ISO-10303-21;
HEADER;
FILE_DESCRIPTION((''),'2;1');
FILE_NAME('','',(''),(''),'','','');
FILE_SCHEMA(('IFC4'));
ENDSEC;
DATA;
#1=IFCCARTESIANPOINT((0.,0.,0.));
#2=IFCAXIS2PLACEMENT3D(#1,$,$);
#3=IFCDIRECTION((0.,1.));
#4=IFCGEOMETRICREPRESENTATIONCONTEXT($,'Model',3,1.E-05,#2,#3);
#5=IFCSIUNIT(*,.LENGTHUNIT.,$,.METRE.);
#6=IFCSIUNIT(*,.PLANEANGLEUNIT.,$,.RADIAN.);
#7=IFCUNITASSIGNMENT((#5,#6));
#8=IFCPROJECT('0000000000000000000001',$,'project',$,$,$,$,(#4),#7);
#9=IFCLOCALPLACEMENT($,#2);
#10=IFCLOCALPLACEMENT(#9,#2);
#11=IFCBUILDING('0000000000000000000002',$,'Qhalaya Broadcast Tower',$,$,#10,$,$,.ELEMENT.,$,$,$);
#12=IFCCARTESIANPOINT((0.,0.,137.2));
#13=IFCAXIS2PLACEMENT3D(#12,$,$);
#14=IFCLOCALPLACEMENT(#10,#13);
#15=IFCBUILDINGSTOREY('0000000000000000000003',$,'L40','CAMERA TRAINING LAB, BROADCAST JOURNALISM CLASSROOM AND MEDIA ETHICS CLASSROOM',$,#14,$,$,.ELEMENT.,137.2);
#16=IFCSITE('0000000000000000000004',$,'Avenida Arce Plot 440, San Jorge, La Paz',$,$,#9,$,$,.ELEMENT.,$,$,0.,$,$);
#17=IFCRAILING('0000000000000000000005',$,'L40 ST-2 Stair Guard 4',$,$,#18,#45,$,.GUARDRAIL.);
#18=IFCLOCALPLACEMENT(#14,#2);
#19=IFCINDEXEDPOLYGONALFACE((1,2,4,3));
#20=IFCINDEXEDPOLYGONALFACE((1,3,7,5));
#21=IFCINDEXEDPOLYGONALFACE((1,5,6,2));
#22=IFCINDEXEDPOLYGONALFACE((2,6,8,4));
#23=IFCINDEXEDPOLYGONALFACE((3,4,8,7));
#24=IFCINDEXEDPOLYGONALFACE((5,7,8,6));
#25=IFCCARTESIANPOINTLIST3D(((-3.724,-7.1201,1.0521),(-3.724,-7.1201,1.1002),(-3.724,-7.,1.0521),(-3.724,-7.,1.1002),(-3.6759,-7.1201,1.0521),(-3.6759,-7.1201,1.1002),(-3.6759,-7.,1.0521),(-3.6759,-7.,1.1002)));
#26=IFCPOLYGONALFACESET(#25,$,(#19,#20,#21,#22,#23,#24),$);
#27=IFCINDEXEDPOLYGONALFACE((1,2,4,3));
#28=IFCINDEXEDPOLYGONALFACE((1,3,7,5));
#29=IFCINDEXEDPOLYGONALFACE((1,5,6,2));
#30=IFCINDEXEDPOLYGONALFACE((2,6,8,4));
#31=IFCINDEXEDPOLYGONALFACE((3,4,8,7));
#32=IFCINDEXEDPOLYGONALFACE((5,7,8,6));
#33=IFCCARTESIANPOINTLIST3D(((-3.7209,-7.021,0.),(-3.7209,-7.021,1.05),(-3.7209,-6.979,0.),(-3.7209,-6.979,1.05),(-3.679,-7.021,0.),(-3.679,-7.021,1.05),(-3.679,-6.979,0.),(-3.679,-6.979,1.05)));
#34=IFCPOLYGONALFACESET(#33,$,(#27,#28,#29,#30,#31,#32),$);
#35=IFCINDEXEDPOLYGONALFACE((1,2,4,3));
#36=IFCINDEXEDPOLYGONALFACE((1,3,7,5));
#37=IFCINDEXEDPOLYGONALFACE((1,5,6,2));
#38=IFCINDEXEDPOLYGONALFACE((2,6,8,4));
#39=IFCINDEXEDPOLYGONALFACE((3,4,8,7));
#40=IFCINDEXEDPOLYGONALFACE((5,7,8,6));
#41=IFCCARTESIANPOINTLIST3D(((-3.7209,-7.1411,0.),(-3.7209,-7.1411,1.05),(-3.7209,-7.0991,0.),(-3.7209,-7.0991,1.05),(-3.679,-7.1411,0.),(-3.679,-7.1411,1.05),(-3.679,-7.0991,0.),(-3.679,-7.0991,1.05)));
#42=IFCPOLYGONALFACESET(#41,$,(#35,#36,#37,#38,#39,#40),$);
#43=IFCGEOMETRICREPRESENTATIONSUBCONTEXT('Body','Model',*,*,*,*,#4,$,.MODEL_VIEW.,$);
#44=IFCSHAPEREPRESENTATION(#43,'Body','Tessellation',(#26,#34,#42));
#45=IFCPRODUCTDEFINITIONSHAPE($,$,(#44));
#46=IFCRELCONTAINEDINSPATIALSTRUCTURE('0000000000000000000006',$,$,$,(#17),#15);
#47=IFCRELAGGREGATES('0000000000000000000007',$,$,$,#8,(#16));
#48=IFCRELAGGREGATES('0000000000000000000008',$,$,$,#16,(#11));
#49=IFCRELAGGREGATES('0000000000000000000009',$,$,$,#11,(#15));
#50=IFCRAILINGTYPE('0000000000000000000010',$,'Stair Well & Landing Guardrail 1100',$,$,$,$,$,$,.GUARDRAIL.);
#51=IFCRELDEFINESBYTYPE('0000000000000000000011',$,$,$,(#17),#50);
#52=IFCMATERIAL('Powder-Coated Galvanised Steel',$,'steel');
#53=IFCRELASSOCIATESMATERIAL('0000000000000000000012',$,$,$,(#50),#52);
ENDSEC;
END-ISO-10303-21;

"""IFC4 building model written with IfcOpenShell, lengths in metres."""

from ifc_helpers import new_model, si_unit, direction, frame, origin, origin_2d, place, context, subcontext, project, spatial, rectangle, extrude, material, type_object, element, save


model = new_model("IFC4")

# Units and contexts
model_context = context("Model", 3, precision=1e-05, world=origin(), true_north=direction((0.0, 1.0)))
body_context = subcontext(model_context, "Body", "Model", "MODEL_VIEW")
ifc_project = project(units=[si_unit("LENGTHUNIT", "METRE"), si_unit("PLANEANGLEUNIT", "RADIAN")], contexts=[model_context])

# Site, building, storey
site_placement = place(None, origin())
site = spatial("IfcSite", under=ifc_project, at=site_placement, Name="Avenida Arce Plot 440, San Jorge, La Paz", CompositionType="ELEMENT", RefElevation=0.0)
building_placement = place(site_placement, origin())
building = spatial("IfcBuilding", under=site, at=building_placement, Name="Qhalaya Broadcast Tower", CompositionType="ELEMENT")
storey_placement = place(building_placement, frame((0.0, 0.0, 137.2)))
storey = spatial("IfcBuildingStorey", under=building, at=storey_placement, Name="L40", Description="CAMERA TRAINING LAB, BROADCAST JOURNALISM CLASSROOM AND MEDIA ETHICS CLASSROOM", CompositionType="ELEMENT", Elevation=137.2)

# Railing
ifc_material_1 = material(Name="Powder-Coated Galvanised Steel", Category="steel")
railing_type_1 = type_object("IfcRailingType", Name="Stair Well & Landing Guardrail 1100", PredefinedType="GUARDRAIL", material=ifc_material_1)
railing_1_placement = place(storey_placement, frame((-3.7, -7.0, 0.0)))
element("IfcRailing", 1, at=railing_1_placement, inside=storey, type_object=railing_type_1, Name="L40 ST-2 Stair Guard 4", PredefinedType="GUARDRAIL", context=body_context, shape_type="SweptSolid", body=[
    extrude(rectangle(XDim=0.0481, YDim=0.0481, at=origin_2d()), frame((0.0, 0.0, 1.0762), z_axis=(0.0, -1.0, 0.0), x_axis=(1.0, 0.0, 0.0)), (0.0, 0.0, 1.0), 0.1201),
    extrude(rectangle(XDim=0.042, YDim=0.042, at=origin_2d()), origin(), (0.0, 0.0, 1.0), 1.05),
    extrude(rectangle(XDim=0.042, YDim=0.042, at=origin_2d()), frame((0.0, -0.1201, 0.0)), (0.0, 0.0, 1.0), 1.05),
])

save(model, "model.ifc")
